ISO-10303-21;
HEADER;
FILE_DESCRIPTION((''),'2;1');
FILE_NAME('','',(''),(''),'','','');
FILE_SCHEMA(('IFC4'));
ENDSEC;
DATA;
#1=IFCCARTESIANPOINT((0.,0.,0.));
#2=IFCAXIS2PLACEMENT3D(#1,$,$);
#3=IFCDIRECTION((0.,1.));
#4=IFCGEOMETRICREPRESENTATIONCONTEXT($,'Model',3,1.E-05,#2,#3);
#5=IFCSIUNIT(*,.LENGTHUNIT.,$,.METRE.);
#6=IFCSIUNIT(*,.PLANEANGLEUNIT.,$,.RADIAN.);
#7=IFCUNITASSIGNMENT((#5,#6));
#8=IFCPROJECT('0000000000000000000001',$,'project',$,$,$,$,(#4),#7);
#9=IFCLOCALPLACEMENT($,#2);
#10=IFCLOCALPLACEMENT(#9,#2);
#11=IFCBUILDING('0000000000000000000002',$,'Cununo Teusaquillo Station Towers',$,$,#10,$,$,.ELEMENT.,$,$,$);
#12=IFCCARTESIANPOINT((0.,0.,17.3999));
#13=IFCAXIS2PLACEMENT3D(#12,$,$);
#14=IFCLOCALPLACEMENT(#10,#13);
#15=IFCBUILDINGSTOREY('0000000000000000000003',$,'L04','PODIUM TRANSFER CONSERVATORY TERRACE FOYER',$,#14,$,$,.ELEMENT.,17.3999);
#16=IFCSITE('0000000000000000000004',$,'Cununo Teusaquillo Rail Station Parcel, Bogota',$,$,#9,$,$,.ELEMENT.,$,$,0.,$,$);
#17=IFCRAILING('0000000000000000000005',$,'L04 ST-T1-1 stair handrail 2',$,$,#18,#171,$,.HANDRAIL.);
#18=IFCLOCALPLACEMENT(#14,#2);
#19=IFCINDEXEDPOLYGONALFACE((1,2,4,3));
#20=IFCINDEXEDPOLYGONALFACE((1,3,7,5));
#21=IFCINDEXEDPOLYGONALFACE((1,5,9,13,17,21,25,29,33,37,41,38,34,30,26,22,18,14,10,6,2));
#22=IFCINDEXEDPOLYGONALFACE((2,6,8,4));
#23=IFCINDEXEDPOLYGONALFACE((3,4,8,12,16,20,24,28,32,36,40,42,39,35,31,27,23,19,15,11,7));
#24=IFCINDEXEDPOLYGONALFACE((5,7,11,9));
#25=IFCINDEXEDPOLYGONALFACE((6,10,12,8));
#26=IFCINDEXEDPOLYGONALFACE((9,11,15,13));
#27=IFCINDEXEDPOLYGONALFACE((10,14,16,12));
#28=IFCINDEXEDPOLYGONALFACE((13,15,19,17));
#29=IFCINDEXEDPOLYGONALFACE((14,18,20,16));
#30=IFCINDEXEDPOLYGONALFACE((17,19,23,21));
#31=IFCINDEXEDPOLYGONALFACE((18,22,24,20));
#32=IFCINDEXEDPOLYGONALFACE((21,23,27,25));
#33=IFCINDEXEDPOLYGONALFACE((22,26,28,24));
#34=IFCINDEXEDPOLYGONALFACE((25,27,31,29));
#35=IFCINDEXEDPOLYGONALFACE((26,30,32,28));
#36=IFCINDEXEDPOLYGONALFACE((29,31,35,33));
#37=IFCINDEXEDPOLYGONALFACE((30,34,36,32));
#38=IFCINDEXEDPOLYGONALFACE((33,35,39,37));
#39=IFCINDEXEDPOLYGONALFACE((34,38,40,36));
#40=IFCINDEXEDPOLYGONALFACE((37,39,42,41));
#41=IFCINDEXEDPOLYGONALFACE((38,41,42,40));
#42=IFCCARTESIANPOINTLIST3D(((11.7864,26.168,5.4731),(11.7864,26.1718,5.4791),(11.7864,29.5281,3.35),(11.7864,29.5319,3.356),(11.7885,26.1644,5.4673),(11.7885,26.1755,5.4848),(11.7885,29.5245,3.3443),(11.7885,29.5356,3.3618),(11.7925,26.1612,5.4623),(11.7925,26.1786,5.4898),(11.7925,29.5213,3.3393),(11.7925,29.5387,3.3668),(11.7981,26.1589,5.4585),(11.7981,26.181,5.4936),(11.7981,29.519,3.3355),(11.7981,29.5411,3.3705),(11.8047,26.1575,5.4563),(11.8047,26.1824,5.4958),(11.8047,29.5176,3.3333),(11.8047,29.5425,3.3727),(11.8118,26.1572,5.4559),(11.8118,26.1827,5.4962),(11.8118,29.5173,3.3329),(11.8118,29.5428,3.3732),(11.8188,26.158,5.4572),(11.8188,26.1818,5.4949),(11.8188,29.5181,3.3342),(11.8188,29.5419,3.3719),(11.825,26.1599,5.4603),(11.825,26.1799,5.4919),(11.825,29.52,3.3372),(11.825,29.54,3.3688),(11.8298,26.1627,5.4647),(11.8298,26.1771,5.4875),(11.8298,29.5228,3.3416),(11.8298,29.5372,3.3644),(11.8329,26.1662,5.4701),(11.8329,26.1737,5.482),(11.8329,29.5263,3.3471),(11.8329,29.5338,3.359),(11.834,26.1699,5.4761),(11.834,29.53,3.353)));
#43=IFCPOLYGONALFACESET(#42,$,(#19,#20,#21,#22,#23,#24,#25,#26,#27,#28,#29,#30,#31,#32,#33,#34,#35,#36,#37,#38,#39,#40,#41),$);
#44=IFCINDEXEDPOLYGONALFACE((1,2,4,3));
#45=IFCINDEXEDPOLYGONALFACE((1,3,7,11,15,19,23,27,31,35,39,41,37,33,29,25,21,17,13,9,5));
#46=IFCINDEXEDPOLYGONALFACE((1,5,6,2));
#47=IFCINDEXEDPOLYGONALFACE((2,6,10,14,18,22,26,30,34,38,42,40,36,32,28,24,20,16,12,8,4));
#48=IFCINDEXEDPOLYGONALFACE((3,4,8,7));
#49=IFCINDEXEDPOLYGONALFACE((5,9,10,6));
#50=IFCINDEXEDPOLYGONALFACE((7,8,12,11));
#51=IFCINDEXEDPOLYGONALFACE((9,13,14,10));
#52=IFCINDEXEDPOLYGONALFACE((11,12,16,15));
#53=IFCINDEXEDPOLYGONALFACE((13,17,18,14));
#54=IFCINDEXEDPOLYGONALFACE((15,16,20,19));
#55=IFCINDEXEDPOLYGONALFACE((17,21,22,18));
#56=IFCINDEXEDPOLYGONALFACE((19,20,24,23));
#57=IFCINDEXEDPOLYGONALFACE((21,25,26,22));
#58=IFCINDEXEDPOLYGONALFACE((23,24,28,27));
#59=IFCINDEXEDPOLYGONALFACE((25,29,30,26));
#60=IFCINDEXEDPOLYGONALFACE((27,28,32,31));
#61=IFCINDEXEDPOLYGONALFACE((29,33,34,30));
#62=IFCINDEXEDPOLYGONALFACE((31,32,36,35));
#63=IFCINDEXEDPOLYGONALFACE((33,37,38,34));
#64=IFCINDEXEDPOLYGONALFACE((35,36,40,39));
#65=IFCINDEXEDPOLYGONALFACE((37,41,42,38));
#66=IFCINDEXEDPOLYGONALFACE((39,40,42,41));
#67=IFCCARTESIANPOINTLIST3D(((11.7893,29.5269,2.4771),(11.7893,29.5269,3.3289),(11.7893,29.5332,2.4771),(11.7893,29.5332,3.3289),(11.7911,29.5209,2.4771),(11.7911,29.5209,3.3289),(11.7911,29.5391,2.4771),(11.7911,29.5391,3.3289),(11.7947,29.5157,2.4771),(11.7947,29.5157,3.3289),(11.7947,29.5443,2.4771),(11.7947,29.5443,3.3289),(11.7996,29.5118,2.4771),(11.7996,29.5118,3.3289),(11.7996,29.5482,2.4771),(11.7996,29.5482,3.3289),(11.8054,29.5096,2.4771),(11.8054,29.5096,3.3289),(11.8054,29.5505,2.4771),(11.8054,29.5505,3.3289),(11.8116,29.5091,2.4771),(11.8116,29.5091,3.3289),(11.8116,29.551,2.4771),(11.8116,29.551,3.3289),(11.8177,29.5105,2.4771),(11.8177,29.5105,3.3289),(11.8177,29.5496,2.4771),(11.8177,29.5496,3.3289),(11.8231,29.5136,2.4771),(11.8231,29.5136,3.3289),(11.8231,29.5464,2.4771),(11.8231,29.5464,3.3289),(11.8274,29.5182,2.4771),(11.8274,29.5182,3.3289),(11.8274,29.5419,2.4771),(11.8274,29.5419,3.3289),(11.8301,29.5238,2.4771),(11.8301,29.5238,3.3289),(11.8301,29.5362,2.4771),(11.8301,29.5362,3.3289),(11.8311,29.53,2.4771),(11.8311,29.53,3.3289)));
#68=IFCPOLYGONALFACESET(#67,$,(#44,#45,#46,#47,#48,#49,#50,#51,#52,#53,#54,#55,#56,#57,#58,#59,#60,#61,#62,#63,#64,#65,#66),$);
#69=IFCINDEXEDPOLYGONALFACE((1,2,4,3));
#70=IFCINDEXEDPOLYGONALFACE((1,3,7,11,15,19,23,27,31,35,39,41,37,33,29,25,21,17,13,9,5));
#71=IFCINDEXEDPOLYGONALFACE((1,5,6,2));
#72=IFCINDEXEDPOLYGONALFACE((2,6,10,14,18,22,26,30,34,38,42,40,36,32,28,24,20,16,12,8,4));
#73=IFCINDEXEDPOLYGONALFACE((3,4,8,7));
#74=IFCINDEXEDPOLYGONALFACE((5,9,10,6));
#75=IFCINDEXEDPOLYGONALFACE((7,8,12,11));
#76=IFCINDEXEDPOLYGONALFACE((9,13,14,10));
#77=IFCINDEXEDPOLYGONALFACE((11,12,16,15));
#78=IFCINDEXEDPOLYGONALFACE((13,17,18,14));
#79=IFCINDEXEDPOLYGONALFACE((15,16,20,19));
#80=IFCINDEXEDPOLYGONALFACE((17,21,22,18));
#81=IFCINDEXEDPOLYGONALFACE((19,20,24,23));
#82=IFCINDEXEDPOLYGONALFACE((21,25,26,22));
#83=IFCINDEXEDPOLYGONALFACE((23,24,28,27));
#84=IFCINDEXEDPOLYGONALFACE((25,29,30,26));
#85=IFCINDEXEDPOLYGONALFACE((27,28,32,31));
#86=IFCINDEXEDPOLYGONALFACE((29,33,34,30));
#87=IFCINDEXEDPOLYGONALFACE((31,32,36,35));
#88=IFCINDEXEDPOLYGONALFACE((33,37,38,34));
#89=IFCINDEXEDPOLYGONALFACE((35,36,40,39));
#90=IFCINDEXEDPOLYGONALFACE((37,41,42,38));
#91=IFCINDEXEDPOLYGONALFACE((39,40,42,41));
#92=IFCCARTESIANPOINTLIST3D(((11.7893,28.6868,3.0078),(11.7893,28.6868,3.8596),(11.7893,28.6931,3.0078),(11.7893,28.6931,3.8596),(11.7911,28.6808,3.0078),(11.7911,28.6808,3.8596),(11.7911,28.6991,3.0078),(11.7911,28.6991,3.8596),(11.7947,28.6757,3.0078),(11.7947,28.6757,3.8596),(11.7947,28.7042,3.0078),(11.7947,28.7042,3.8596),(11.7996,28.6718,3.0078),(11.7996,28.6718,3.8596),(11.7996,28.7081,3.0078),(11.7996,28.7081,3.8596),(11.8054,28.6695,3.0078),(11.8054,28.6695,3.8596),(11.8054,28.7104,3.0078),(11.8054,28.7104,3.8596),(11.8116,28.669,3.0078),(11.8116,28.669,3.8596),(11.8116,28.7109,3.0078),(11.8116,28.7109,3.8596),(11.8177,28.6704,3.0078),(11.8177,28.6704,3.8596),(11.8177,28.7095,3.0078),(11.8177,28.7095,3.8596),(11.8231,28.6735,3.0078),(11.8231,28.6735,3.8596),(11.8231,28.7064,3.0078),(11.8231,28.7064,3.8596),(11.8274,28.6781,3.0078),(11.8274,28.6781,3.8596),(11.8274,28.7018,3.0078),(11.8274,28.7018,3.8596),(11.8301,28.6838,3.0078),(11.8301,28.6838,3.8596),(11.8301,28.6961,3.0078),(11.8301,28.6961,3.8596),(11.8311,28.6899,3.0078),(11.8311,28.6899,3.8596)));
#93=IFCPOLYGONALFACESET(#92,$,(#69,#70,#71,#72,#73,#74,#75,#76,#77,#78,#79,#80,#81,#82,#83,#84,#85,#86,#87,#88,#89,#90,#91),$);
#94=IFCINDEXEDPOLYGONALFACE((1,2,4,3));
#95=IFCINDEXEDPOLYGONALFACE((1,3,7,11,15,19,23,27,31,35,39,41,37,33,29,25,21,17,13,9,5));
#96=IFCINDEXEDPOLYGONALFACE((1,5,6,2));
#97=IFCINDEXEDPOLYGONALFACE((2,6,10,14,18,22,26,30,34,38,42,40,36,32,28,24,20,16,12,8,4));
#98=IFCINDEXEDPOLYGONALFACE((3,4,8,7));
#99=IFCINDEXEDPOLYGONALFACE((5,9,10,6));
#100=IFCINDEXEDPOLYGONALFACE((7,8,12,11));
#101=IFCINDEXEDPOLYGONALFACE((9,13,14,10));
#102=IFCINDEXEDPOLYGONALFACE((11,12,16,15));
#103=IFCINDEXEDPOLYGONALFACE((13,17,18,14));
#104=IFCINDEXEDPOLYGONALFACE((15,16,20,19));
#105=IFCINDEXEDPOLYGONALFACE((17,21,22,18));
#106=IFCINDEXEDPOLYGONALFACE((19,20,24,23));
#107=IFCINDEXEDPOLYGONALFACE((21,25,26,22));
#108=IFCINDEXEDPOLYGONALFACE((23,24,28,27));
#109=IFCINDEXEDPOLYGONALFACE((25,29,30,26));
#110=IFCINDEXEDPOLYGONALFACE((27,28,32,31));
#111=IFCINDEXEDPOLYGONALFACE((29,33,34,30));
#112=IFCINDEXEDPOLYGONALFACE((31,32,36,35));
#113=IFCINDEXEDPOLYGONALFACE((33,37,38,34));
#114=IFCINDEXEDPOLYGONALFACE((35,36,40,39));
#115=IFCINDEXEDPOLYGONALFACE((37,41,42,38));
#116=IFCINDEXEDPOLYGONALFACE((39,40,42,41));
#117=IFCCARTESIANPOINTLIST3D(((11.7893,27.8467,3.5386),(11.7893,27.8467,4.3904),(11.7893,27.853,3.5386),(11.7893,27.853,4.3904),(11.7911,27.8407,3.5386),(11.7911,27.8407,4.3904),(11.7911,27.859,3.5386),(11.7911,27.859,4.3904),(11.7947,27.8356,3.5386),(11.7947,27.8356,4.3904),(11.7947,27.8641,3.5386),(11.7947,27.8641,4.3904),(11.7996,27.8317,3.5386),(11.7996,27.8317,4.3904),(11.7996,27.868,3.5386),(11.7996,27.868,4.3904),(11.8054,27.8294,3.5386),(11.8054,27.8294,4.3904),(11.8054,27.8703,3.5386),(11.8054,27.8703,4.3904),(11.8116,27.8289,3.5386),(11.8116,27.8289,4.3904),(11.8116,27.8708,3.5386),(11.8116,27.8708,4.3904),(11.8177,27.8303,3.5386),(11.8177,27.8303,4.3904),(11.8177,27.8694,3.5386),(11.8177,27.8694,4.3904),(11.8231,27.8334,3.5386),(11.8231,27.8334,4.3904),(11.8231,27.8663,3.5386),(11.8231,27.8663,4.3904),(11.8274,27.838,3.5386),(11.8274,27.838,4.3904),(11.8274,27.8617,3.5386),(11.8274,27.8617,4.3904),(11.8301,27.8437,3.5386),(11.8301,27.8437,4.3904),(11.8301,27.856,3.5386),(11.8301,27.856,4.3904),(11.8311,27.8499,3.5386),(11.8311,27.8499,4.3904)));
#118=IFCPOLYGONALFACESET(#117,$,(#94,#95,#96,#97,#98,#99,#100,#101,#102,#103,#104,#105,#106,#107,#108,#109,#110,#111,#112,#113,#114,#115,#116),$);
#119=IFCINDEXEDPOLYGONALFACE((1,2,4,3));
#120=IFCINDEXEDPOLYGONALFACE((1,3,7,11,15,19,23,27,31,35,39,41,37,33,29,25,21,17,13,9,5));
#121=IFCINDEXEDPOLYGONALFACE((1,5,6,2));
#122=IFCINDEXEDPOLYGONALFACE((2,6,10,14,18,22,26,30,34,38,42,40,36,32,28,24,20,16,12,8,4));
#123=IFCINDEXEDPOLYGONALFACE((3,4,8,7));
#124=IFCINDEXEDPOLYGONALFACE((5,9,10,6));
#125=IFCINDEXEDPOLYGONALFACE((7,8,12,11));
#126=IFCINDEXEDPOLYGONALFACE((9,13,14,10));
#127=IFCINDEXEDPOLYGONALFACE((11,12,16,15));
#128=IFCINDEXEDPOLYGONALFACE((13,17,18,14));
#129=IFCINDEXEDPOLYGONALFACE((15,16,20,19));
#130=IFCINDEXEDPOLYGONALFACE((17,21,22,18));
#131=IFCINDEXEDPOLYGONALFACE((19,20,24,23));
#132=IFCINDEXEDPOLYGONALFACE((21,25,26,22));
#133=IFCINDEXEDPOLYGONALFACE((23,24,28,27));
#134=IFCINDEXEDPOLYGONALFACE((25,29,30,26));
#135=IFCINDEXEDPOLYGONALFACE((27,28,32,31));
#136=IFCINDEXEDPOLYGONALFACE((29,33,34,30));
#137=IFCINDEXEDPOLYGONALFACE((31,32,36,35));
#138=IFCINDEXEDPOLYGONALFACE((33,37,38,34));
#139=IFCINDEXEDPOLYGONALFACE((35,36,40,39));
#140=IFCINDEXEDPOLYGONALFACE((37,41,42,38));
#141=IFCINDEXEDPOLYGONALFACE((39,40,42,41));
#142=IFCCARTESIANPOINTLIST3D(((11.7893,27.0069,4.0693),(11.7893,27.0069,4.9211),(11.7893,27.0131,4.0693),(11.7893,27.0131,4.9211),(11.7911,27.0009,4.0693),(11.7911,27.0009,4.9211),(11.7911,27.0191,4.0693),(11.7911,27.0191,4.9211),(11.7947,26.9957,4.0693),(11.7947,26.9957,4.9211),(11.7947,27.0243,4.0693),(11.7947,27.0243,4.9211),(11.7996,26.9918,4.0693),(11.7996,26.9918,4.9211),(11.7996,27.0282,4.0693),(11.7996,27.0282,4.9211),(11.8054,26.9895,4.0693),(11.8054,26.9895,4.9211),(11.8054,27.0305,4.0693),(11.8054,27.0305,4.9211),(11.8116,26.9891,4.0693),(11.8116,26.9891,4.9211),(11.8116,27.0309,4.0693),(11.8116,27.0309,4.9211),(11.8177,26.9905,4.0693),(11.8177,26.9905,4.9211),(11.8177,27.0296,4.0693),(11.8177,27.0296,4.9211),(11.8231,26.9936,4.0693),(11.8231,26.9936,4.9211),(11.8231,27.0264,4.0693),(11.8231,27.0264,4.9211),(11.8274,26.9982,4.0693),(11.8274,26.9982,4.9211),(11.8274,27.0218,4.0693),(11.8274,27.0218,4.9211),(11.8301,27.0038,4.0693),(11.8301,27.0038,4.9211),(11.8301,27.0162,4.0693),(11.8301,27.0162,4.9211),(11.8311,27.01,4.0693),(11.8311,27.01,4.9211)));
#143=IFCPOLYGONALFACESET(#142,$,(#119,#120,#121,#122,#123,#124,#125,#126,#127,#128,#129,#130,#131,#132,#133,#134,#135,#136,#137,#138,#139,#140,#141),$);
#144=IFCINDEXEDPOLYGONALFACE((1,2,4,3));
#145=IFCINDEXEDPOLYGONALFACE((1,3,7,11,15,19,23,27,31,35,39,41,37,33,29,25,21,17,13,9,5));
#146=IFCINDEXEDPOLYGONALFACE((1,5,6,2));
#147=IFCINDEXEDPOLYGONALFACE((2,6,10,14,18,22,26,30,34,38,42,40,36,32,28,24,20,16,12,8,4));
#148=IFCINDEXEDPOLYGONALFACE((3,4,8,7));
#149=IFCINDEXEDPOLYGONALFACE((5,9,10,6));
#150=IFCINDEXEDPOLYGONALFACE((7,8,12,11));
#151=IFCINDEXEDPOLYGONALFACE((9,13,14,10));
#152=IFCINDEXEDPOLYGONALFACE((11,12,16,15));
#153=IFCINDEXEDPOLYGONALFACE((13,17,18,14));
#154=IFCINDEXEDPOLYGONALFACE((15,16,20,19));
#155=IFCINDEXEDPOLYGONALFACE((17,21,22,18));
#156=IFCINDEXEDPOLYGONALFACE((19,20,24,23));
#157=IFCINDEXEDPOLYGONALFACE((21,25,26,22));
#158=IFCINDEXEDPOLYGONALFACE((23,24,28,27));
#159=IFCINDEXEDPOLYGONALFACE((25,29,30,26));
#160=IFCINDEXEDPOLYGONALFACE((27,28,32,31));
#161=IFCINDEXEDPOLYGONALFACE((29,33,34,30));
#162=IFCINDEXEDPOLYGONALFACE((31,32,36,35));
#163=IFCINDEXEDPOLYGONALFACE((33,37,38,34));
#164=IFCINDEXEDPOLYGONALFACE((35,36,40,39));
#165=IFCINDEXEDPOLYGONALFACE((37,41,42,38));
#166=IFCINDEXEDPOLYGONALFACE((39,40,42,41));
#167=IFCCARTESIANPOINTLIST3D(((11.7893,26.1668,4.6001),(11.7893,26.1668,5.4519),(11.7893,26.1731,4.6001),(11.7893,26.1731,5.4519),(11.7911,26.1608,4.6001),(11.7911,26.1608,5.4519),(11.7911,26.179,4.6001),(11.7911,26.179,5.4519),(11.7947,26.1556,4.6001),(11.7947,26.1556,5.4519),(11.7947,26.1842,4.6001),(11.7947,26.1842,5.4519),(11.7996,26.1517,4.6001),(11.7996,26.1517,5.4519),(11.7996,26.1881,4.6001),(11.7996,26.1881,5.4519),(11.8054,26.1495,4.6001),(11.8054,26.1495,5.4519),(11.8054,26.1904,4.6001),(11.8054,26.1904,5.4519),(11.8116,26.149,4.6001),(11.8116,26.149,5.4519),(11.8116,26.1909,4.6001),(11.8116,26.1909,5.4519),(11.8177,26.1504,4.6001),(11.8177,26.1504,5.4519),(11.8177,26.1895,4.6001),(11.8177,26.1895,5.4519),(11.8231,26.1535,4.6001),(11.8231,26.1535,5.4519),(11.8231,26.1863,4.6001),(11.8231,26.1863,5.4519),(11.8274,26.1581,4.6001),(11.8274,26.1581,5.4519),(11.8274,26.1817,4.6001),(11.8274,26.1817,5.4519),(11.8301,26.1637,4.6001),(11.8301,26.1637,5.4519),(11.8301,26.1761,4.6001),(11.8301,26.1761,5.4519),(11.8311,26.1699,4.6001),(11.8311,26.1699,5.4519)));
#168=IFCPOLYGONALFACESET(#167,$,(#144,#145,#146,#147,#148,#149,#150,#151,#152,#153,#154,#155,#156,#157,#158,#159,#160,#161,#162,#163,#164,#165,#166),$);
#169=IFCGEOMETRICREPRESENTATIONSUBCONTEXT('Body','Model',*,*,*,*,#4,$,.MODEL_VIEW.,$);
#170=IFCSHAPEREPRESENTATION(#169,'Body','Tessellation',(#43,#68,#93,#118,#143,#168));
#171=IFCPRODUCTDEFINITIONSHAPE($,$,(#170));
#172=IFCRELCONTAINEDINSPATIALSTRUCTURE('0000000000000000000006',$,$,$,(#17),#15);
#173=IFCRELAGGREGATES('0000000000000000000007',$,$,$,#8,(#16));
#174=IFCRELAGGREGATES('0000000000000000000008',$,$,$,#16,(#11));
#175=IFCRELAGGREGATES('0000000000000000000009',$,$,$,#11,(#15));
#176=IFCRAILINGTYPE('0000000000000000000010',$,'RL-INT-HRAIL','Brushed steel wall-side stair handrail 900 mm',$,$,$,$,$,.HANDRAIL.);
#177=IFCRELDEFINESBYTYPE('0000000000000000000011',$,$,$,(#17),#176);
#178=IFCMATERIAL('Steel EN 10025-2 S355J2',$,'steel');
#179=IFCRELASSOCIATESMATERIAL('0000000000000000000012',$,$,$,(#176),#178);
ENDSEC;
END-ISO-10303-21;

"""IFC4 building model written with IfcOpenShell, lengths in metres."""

from ifc_helpers import new_model, si_unit, direction, frame, origin, origin_2d, place, context, subcontext, project, spatial, circle, extrude, material, type_object, element, save


model = new_model("IFC4")

# Units and contexts
model_context = context("Model", 3, precision=1e-05, world=origin(), true_north=direction((0.0, 1.0)))
body_context = subcontext(model_context, "Body", "Model", "MODEL_VIEW")
ifc_project = project(units=[si_unit("LENGTHUNIT", "METRE"), si_unit("PLANEANGLEUNIT", "RADIAN")], contexts=[model_context])

# Site, building, storey
site_placement = place(None, origin())
site = spatial("IfcSite", under=ifc_project, at=site_placement, Name="Cununo Teusaquillo Rail Station Parcel, Bogota", CompositionType="ELEMENT", RefElevation=0.0)
building_placement = place(site_placement, origin())
building = spatial("IfcBuilding", under=site, at=building_placement, Name="Cununo Teusaquillo Station Towers", CompositionType="ELEMENT")
storey_placement = place(building_placement, frame((0.0, 0.0, 17.3999)))
storey = spatial("IfcBuildingStorey", under=building, at=storey_placement, Name="L04", Description="PODIUM TRANSFER CONSERVATORY TERRACE FOYER", CompositionType="ELEMENT", Elevation=17.3999)

# Railing
ifc_material_1 = material(Name="Steel EN 10025-2 S355J2", Category="steel")
railing_type_1 = type_object("IfcRailingType", Name="RL-INT-HRAIL", Description="Brushed steel wall-side stair handrail 900 mm", PredefinedType="HANDRAIL", material=ifc_material_1)
railing_1_placement = place(storey_placement, frame((11.8101, 29.53, 2.4771)))
element("IfcRailing", 1, at=railing_1_placement, inside=storey, type_object=railing_type_1, Name="L04 ST-T1-1 stair handrail 2", PredefinedType="HANDRAIL", context=body_context, shape_type="SweptSolid", body=[
    extrude(circle(Radius=0.0239, at=origin_2d()), frame((0.0, 0.0, 0.876), z_axis=(0.0, -0.84539, 0.53415), x_axis=(1.0, 0.0, 0.0)), (0.0, 0.0, 1.0), 3.9746),
    extrude(circle(Radius=0.021, at=origin_2d()), origin(), (0.0, 0.0, 1.0), 0.8518),
    extrude(circle(Radius=0.021, at=origin_2d()), frame((0.0, -0.8401, 0.5308)), (0.0, 0.0, 1.0), 0.8518),
    extrude(circle(Radius=0.021, at=origin_2d()), frame((0.0, -1.6802, 1.0615)), (0.0, 0.0, 1.0), 0.8518),
    extrude(circle(Radius=0.021, at=origin_2d()), frame((0.0, -2.52, 1.5923)), (0.0, 0.0, 1.0), 0.8518),
    extrude(circle(Radius=0.021, at=origin_2d()), frame((0.0, -3.3601, 2.123)), (0.0, 0.0, 1.0), 0.8518),
])

save(model, "model.ifc")
